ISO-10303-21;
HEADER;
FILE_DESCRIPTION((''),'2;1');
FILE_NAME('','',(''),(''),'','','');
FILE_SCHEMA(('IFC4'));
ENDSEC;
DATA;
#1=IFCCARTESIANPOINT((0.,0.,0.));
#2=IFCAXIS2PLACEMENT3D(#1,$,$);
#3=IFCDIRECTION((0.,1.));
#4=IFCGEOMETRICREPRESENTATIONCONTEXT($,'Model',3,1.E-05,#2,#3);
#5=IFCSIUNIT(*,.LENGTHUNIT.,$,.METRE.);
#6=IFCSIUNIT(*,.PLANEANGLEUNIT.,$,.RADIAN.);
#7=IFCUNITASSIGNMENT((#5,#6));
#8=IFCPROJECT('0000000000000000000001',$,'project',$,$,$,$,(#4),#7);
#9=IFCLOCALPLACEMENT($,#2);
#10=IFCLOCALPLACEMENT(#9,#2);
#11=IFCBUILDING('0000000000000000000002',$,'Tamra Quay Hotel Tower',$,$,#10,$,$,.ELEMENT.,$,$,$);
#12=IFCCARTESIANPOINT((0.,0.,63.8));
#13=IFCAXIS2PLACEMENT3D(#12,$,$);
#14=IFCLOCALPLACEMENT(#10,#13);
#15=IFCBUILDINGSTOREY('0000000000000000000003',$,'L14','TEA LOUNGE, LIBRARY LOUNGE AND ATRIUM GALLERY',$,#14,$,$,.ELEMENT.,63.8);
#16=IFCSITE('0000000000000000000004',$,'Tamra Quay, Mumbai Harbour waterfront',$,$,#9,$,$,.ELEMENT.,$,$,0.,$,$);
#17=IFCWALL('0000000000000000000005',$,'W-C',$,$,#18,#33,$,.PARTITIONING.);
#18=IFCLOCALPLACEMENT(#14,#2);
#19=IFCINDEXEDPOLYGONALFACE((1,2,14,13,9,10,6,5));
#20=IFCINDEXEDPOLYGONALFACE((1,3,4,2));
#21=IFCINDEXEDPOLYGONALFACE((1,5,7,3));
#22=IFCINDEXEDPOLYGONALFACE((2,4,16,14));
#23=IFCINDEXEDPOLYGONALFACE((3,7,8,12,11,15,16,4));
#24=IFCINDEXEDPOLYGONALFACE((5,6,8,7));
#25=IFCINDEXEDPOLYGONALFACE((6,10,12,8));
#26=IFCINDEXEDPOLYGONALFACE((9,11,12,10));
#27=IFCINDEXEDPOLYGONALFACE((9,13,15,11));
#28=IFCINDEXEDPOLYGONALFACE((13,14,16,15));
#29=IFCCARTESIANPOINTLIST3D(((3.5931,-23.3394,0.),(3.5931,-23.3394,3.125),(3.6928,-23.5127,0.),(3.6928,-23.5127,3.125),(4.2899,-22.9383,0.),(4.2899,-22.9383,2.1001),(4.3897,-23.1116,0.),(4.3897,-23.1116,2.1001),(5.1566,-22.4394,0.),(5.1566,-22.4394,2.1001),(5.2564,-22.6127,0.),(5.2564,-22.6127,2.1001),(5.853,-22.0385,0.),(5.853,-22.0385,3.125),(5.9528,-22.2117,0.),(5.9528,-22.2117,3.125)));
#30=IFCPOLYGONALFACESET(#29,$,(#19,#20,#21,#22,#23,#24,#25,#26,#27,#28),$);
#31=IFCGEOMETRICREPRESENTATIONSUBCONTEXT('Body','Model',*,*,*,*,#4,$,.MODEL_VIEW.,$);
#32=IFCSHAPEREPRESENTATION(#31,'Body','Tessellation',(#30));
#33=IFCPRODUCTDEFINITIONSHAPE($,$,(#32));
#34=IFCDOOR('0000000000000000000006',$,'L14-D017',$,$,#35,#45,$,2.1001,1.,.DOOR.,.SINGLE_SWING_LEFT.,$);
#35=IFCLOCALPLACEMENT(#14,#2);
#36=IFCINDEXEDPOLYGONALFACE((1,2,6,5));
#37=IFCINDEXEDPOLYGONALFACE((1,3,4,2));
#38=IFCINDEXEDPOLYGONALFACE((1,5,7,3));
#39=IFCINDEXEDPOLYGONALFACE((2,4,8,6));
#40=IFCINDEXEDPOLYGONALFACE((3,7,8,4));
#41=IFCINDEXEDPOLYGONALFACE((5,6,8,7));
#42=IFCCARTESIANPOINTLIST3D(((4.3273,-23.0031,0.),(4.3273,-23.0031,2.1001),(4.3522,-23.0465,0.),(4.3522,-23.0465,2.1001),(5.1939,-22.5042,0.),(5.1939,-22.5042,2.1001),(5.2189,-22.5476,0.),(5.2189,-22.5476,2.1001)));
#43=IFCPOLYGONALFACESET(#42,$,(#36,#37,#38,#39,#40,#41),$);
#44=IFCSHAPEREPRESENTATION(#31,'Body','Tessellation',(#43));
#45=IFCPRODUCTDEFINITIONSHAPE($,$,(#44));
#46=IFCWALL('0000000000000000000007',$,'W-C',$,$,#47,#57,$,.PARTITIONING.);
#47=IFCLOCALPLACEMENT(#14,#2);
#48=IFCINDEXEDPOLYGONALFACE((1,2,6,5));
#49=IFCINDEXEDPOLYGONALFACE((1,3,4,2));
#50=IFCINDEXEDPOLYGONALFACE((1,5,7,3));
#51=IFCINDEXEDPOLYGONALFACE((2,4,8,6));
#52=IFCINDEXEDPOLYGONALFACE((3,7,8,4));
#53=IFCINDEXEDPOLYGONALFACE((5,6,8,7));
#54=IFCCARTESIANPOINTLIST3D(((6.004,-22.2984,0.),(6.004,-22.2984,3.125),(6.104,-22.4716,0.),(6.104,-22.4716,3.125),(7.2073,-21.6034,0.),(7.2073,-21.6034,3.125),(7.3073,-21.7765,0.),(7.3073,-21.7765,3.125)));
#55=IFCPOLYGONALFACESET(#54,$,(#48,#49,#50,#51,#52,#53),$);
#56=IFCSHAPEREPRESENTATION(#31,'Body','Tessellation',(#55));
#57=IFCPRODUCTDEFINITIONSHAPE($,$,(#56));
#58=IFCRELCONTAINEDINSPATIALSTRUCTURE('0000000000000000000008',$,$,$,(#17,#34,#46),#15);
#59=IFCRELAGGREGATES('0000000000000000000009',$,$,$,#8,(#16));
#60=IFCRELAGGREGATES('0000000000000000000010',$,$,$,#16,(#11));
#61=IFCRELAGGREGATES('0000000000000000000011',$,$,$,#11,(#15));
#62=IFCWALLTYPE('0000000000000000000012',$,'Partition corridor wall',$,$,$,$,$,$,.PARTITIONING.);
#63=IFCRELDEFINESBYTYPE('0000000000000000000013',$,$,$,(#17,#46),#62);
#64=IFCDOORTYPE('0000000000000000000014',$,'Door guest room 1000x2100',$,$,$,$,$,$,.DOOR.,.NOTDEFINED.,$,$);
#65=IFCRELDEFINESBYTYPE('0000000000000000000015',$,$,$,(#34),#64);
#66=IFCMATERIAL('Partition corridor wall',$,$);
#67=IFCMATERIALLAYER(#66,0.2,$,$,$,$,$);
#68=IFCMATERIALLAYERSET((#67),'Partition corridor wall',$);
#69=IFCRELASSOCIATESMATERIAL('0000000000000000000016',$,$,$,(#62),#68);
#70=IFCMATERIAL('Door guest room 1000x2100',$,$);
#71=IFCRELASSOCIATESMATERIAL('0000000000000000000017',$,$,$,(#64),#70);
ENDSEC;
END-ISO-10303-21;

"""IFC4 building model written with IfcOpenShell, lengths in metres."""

from ifc_helpers import new_model, si_unit, direction, frame, frame_2d, origin, place, context, subcontext, project, spatial, rectangle, extrude, material, layer, layer_set, type_object, element, fill, save


model = new_model("IFC4")

# Units and contexts
model_context = context("Model", 3, precision=1e-05, world=origin(), true_north=direction((0.0, 1.0)))
body_context = subcontext(model_context, "Body", "Model", "MODEL_VIEW")
ifc_project = project(units=[si_unit("LENGTHUNIT", "METRE"), si_unit("PLANEANGLEUNIT", "RADIAN")], contexts=[model_context])

# Site, building, storey
site_placement = place(None, origin())
site = spatial("IfcSite", under=ifc_project, at=site_placement, Name="Tamra Quay, Mumbai Harbour waterfront", CompositionType="ELEMENT", RefElevation=0.0)
building_placement = place(site_placement, origin())
building = spatial("IfcBuilding", under=site, at=building_placement, Name="Tamra Quay Hotel Tower", CompositionType="ELEMENT")
storey_placement = place(building_placement, frame((0.0, 0.0, 63.8)))
storey = spatial("IfcBuildingStorey", under=building, at=storey_placement, Name="L14", Description="TEA LOUNGE, LIBRARY LOUNGE AND ATRIUM GALLERY", CompositionType="ELEMENT", Elevation=63.8)

# Wall, opening, door
ifc_material_1 = material(Name="Partition corridor wall")
ifc_layer_1 = layer(ifc_material_1, 0.2)
ifc_layer_set_1 = layer_set([ifc_layer_1], Name="Partition corridor wall")
wall_type_1 = type_object("IfcWallType", Name="Partition corridor wall", PredefinedType="PARTITIONING", material=ifc_layer_set_1)
wall_1_placement = place(storey_placement, frame((3.6431, -23.426, 0.0), z_axis=(0.0, 0.0, 1.0), x_axis=(0.866654, 0.498909, 0.0)))
wall_1 = element("IfcWall", 1, at=wall_1_placement, inside=storey, type_object=wall_type_1, Name="W-C", PredefinedType="PARTITIONING", context=body_context, shape_type="SweptSolid", body=[
    extrude(rectangle(XDim=2.6077, YDim=0.2, at=frame_2d((1.3037, 0.0))), origin(), (0.0, 0.0, 1.0), 3.125),
])
opening_1_placement = place(wall_1_placement, frame((0.804, 0.0, 0.0)))
opening_1 = element("IfcOpeningElement", 2, at=opening_1_placement, cuts=wall_1, PredefinedType="OPENING", context=body_context, shape_type="SweptSolid", body=[
    extrude(rectangle(XDim=1.0, YDim=2.1001, at=frame_2d((0.5, 1.05))), frame((0.0, 0.1099, 0.0), z_axis=(0.0, -1.0, 0.0), x_axis=(1.0, 0.0, 0.0)), (0.0, 0.0, 1.0), 0.22),
])
ifc_material_2 = material(Name="Door guest room 1000x2100")
door_type_1 = type_object("IfcDoorType", Name="Door guest room 1000x2100", OperationType="NOTDEFINED", PredefinedType="DOOR", material=ifc_material_2)
door_1_placement = place(opening_1_placement, frame((1.0, 0.0, 0.0), z_axis=(0.0, 0.0, 1.0), x_axis=(-1.0, 0.0, 0.0)))
door_1 = element("IfcDoor", 3, at=door_1_placement, inside=storey, type_object=door_type_1, Name="L14-D017", OperationType="SINGLE_SWING_LEFT", OverallHeight=2.1001, OverallWidth=1.0, PredefinedType="DOOR", context=body_context, shape_type="SweptSolid", body=[
    extrude(rectangle(XDim=1.0, YDim=2.1001, at=frame_2d((0.5, 1.05))), frame((0.0, 0.0249, 0.0), z_axis=(0.0, -1.0, 0.0), x_axis=(1.0, 0.0, 0.0)), (0.0, 0.0, 1.0), 0.05),
])
fill(opening_1, door_1)

# Wall
wall_2_placement = place(storey_placement, frame((6.054, -22.385, 0.0), z_axis=(0.0, 0.0, 1.0), x_axis=(0.865931, 0.500163, 0.0)))
element("IfcWall", 4, at=wall_2_placement, inside=storey, type_object=wall_type_1, Name="W-C", PredefinedType="PARTITIONING", context=body_context, shape_type="SweptSolid", body=[
    extrude(rectangle(XDim=1.3896, YDim=0.2, at=frame_2d((0.6948, 0.0))), origin(), (0.0, 0.0, 1.0), 3.125),
])

save(model, "model.ifc")
